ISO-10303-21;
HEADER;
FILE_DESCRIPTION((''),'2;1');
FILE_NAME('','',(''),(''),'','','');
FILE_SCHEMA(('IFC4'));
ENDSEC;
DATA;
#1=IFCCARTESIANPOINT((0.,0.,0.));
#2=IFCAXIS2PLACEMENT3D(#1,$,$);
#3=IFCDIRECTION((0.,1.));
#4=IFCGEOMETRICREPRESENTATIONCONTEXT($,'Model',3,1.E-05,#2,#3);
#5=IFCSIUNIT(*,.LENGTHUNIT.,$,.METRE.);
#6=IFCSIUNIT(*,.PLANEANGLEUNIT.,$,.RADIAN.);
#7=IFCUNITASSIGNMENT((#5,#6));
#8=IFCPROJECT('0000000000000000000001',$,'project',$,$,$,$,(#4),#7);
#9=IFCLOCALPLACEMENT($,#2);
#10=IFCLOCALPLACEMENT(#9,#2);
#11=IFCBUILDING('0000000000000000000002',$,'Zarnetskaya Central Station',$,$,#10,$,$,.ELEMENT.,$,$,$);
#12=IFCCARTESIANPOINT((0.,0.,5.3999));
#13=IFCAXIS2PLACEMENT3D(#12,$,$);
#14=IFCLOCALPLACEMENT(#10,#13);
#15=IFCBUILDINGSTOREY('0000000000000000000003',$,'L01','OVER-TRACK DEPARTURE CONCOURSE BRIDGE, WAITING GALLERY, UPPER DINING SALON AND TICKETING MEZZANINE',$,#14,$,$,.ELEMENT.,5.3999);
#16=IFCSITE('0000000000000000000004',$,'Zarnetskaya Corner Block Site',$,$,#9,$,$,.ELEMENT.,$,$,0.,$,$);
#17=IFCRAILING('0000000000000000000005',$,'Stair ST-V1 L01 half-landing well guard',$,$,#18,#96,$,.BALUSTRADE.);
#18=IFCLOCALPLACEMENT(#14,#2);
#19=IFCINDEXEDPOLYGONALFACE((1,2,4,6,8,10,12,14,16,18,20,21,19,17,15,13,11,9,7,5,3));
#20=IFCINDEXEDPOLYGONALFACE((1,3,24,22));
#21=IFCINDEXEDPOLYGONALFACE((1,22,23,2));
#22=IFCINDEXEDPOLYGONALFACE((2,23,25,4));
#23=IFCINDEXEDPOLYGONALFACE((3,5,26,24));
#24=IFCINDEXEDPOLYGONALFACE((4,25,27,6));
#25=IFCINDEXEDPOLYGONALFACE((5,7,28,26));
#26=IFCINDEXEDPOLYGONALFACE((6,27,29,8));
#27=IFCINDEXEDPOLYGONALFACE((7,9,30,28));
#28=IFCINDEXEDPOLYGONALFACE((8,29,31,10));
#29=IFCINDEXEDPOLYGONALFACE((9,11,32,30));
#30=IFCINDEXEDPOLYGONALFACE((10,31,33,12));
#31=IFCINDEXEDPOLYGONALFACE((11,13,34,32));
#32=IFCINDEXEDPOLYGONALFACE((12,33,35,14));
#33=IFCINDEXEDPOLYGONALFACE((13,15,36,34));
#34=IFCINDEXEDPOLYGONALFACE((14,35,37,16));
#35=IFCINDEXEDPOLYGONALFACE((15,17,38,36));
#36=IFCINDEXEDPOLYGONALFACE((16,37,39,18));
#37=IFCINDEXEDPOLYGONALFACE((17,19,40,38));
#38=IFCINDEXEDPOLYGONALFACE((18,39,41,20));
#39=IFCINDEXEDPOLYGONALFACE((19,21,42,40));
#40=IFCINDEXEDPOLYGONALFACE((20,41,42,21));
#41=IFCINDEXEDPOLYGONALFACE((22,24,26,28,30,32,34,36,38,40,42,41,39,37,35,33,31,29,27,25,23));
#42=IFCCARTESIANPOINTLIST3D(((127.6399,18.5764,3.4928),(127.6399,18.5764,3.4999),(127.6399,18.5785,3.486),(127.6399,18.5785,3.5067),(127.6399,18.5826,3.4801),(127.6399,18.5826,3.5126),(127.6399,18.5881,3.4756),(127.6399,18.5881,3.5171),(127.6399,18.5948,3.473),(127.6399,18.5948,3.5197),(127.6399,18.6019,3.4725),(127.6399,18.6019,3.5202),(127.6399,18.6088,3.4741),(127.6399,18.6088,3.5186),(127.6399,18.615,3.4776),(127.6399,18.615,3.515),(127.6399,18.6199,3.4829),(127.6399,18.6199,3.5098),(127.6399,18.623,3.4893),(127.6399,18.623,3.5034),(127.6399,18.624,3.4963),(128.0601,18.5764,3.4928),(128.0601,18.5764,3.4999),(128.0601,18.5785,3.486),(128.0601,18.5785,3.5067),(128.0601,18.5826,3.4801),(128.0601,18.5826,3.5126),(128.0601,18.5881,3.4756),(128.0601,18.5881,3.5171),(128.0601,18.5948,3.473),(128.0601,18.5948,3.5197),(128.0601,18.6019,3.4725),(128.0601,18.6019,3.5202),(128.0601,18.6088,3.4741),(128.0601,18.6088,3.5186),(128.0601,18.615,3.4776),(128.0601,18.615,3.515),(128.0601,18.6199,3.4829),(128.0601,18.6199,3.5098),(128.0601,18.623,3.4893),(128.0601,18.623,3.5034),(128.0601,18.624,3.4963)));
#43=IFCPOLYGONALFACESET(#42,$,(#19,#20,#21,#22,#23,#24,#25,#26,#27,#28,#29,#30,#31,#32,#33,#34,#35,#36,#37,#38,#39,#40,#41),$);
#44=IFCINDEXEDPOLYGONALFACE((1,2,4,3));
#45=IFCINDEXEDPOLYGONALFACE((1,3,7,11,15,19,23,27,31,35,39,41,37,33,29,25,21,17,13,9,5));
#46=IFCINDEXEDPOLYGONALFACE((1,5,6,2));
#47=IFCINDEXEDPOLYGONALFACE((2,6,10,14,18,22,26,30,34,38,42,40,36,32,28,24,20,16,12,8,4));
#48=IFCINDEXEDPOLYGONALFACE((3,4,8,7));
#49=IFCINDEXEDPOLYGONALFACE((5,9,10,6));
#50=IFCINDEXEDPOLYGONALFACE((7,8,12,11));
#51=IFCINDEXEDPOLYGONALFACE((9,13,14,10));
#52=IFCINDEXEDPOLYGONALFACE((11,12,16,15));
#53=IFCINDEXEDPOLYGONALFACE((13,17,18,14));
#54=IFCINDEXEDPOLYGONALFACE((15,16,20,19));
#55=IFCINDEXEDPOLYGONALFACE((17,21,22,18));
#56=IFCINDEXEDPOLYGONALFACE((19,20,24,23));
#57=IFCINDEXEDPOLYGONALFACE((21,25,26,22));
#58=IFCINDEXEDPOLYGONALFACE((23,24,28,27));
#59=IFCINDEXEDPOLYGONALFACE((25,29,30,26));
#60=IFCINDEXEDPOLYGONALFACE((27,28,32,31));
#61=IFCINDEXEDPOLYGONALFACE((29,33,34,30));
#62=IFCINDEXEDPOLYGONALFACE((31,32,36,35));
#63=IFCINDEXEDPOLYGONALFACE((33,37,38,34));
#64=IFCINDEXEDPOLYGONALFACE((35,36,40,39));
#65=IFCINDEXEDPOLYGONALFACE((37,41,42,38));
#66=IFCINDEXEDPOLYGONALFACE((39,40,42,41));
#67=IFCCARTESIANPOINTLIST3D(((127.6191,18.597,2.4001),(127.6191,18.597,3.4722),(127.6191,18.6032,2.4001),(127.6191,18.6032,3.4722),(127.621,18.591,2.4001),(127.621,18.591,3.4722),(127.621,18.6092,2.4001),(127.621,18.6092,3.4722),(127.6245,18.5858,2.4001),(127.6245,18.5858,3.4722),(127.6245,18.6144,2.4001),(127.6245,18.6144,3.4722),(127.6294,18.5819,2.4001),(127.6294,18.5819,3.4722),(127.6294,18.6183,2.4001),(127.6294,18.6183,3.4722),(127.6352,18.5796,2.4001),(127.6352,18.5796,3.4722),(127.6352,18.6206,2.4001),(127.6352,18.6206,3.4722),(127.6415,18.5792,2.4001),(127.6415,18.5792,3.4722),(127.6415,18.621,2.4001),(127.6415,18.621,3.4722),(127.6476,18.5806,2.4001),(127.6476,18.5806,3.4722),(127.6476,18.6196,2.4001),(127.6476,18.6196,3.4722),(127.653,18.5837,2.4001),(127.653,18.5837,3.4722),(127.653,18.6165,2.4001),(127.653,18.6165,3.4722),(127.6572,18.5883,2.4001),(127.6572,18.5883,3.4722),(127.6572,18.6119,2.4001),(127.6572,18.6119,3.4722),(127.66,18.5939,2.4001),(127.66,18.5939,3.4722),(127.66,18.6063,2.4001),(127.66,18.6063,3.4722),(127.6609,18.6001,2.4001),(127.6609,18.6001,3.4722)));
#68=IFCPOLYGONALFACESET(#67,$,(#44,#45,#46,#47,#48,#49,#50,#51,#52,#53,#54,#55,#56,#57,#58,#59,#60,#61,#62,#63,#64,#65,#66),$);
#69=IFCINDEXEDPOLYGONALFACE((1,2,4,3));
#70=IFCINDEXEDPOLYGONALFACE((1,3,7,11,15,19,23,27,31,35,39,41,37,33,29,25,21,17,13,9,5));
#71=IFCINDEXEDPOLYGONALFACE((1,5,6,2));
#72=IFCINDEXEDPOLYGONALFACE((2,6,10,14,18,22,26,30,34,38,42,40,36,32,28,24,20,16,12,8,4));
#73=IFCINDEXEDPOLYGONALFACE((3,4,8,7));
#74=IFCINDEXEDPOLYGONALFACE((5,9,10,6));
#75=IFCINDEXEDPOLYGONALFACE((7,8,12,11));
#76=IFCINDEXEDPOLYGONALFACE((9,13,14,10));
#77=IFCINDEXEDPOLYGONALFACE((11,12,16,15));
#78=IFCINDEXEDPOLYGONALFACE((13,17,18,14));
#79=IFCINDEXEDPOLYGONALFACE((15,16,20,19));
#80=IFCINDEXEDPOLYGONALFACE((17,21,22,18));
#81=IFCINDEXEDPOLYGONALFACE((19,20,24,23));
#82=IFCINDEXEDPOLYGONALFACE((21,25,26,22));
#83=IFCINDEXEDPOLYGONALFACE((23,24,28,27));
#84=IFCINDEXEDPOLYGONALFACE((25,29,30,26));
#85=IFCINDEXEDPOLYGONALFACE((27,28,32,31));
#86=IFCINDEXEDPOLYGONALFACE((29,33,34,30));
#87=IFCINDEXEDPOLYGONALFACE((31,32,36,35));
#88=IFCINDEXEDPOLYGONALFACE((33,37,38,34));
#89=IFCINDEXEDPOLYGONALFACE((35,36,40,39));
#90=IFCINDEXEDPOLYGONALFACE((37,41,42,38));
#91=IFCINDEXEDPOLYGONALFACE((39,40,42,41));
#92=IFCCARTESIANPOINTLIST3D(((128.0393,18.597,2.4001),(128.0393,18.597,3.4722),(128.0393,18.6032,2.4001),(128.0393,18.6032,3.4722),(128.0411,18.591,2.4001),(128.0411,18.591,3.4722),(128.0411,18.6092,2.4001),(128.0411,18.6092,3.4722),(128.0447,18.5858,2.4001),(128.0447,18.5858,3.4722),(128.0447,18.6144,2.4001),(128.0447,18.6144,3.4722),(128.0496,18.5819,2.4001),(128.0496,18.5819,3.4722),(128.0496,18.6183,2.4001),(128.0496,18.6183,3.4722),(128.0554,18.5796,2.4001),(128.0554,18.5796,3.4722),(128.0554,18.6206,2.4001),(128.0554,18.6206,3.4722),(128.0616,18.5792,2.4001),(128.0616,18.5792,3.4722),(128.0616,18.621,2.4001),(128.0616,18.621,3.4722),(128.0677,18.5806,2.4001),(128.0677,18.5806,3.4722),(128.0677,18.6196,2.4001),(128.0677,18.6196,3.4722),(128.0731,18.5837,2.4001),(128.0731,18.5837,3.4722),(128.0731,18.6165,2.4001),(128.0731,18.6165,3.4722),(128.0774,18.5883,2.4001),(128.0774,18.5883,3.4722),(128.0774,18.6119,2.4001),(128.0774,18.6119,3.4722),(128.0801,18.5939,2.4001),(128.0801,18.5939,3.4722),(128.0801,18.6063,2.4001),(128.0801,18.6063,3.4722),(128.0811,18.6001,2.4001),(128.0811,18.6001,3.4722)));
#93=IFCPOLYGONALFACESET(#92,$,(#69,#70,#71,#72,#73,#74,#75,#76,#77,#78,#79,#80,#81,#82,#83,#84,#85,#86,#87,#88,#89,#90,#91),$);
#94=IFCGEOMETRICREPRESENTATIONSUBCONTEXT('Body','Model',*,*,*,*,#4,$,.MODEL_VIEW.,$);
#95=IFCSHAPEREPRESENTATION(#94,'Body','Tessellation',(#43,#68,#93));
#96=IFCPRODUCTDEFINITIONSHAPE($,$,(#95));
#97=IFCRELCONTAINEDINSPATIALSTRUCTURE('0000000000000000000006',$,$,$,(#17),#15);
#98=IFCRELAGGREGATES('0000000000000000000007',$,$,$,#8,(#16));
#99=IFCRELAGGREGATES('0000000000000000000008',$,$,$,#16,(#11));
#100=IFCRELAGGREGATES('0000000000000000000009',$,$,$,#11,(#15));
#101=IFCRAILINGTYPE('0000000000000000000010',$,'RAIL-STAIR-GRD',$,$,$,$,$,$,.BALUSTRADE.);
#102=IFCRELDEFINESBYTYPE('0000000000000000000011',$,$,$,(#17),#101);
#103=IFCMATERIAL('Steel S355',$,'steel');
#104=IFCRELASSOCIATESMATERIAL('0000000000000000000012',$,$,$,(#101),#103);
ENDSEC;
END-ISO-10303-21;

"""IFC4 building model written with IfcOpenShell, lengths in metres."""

from ifc_helpers import new_model, si_unit, direction, frame, origin, origin_2d, place, context, subcontext, project, spatial, circle, extrude, material, type_object, element, save


model = new_model("IFC4")

# Units and contexts
model_context = context("Model", 3, precision=1e-05, world=origin(), true_north=direction((0.0, 1.0)))
body_context = subcontext(model_context, "Body", "Model", "MODEL_VIEW")
ifc_project = project(units=[si_unit("LENGTHUNIT", "METRE"), si_unit("PLANEANGLEUNIT", "RADIAN")], contexts=[model_context])

# Site, building, storey
site_placement = place(None, origin())
site = spatial("IfcSite", under=ifc_project, at=site_placement, Name="Zarnetskaya Corner Block Site", CompositionType="ELEMENT", RefElevation=0.0)
building_placement = place(site_placement, origin())
building = spatial("IfcBuilding", under=site, at=building_placement, Name="Zarnetskaya Central Station", CompositionType="ELEMENT")
storey_placement = place(building_placement, frame((0.0, 0.0, 5.3999)))
storey = spatial("IfcBuildingStorey", under=building, at=storey_placement, Name="L01", Description="OVER-TRACK DEPARTURE CONCOURSE BRIDGE, WAITING GALLERY, UPPER DINING SALON AND TICKETING MEZZANINE", CompositionType="ELEMENT", Elevation=5.3999)

# Railing
ifc_material_1 = material(Name="Steel S355", Category="steel")
railing_type_1 = type_object("IfcRailingType", Name="RAIL-STAIR-GRD", PredefinedType="BALUSTRADE", material=ifc_material_1)
railing_1_placement = place(storey_placement, frame((127.6399, 18.6001, 2.4001)))
element("IfcRailing", 1, at=railing_1_placement, inside=storey, type_object=railing_type_1, Name="Stair ST-V1 L01 half-landing well guard", PredefinedType="BALUSTRADE", context=body_context, shape_type="SweptSolid", body=[
    extrude(circle(Radius=0.0239, at=origin_2d()), frame((0.0, 0.0, 1.0962), z_axis=(1.0, 0.0, 0.0), x_axis=(0.0, 1.0, 0.0)), (0.0, 0.0, 1.0), 0.4202),
    extrude(circle(Radius=0.021, at=origin_2d()), origin(), (0.0, 0.0, 1.0), 1.072),
    extrude(circle(Radius=0.021, at=origin_2d()), frame((0.4202, 0.0, 0.0)), (0.0, 0.0, 1.0), 1.072),
])

save(model, "model.ifc")
